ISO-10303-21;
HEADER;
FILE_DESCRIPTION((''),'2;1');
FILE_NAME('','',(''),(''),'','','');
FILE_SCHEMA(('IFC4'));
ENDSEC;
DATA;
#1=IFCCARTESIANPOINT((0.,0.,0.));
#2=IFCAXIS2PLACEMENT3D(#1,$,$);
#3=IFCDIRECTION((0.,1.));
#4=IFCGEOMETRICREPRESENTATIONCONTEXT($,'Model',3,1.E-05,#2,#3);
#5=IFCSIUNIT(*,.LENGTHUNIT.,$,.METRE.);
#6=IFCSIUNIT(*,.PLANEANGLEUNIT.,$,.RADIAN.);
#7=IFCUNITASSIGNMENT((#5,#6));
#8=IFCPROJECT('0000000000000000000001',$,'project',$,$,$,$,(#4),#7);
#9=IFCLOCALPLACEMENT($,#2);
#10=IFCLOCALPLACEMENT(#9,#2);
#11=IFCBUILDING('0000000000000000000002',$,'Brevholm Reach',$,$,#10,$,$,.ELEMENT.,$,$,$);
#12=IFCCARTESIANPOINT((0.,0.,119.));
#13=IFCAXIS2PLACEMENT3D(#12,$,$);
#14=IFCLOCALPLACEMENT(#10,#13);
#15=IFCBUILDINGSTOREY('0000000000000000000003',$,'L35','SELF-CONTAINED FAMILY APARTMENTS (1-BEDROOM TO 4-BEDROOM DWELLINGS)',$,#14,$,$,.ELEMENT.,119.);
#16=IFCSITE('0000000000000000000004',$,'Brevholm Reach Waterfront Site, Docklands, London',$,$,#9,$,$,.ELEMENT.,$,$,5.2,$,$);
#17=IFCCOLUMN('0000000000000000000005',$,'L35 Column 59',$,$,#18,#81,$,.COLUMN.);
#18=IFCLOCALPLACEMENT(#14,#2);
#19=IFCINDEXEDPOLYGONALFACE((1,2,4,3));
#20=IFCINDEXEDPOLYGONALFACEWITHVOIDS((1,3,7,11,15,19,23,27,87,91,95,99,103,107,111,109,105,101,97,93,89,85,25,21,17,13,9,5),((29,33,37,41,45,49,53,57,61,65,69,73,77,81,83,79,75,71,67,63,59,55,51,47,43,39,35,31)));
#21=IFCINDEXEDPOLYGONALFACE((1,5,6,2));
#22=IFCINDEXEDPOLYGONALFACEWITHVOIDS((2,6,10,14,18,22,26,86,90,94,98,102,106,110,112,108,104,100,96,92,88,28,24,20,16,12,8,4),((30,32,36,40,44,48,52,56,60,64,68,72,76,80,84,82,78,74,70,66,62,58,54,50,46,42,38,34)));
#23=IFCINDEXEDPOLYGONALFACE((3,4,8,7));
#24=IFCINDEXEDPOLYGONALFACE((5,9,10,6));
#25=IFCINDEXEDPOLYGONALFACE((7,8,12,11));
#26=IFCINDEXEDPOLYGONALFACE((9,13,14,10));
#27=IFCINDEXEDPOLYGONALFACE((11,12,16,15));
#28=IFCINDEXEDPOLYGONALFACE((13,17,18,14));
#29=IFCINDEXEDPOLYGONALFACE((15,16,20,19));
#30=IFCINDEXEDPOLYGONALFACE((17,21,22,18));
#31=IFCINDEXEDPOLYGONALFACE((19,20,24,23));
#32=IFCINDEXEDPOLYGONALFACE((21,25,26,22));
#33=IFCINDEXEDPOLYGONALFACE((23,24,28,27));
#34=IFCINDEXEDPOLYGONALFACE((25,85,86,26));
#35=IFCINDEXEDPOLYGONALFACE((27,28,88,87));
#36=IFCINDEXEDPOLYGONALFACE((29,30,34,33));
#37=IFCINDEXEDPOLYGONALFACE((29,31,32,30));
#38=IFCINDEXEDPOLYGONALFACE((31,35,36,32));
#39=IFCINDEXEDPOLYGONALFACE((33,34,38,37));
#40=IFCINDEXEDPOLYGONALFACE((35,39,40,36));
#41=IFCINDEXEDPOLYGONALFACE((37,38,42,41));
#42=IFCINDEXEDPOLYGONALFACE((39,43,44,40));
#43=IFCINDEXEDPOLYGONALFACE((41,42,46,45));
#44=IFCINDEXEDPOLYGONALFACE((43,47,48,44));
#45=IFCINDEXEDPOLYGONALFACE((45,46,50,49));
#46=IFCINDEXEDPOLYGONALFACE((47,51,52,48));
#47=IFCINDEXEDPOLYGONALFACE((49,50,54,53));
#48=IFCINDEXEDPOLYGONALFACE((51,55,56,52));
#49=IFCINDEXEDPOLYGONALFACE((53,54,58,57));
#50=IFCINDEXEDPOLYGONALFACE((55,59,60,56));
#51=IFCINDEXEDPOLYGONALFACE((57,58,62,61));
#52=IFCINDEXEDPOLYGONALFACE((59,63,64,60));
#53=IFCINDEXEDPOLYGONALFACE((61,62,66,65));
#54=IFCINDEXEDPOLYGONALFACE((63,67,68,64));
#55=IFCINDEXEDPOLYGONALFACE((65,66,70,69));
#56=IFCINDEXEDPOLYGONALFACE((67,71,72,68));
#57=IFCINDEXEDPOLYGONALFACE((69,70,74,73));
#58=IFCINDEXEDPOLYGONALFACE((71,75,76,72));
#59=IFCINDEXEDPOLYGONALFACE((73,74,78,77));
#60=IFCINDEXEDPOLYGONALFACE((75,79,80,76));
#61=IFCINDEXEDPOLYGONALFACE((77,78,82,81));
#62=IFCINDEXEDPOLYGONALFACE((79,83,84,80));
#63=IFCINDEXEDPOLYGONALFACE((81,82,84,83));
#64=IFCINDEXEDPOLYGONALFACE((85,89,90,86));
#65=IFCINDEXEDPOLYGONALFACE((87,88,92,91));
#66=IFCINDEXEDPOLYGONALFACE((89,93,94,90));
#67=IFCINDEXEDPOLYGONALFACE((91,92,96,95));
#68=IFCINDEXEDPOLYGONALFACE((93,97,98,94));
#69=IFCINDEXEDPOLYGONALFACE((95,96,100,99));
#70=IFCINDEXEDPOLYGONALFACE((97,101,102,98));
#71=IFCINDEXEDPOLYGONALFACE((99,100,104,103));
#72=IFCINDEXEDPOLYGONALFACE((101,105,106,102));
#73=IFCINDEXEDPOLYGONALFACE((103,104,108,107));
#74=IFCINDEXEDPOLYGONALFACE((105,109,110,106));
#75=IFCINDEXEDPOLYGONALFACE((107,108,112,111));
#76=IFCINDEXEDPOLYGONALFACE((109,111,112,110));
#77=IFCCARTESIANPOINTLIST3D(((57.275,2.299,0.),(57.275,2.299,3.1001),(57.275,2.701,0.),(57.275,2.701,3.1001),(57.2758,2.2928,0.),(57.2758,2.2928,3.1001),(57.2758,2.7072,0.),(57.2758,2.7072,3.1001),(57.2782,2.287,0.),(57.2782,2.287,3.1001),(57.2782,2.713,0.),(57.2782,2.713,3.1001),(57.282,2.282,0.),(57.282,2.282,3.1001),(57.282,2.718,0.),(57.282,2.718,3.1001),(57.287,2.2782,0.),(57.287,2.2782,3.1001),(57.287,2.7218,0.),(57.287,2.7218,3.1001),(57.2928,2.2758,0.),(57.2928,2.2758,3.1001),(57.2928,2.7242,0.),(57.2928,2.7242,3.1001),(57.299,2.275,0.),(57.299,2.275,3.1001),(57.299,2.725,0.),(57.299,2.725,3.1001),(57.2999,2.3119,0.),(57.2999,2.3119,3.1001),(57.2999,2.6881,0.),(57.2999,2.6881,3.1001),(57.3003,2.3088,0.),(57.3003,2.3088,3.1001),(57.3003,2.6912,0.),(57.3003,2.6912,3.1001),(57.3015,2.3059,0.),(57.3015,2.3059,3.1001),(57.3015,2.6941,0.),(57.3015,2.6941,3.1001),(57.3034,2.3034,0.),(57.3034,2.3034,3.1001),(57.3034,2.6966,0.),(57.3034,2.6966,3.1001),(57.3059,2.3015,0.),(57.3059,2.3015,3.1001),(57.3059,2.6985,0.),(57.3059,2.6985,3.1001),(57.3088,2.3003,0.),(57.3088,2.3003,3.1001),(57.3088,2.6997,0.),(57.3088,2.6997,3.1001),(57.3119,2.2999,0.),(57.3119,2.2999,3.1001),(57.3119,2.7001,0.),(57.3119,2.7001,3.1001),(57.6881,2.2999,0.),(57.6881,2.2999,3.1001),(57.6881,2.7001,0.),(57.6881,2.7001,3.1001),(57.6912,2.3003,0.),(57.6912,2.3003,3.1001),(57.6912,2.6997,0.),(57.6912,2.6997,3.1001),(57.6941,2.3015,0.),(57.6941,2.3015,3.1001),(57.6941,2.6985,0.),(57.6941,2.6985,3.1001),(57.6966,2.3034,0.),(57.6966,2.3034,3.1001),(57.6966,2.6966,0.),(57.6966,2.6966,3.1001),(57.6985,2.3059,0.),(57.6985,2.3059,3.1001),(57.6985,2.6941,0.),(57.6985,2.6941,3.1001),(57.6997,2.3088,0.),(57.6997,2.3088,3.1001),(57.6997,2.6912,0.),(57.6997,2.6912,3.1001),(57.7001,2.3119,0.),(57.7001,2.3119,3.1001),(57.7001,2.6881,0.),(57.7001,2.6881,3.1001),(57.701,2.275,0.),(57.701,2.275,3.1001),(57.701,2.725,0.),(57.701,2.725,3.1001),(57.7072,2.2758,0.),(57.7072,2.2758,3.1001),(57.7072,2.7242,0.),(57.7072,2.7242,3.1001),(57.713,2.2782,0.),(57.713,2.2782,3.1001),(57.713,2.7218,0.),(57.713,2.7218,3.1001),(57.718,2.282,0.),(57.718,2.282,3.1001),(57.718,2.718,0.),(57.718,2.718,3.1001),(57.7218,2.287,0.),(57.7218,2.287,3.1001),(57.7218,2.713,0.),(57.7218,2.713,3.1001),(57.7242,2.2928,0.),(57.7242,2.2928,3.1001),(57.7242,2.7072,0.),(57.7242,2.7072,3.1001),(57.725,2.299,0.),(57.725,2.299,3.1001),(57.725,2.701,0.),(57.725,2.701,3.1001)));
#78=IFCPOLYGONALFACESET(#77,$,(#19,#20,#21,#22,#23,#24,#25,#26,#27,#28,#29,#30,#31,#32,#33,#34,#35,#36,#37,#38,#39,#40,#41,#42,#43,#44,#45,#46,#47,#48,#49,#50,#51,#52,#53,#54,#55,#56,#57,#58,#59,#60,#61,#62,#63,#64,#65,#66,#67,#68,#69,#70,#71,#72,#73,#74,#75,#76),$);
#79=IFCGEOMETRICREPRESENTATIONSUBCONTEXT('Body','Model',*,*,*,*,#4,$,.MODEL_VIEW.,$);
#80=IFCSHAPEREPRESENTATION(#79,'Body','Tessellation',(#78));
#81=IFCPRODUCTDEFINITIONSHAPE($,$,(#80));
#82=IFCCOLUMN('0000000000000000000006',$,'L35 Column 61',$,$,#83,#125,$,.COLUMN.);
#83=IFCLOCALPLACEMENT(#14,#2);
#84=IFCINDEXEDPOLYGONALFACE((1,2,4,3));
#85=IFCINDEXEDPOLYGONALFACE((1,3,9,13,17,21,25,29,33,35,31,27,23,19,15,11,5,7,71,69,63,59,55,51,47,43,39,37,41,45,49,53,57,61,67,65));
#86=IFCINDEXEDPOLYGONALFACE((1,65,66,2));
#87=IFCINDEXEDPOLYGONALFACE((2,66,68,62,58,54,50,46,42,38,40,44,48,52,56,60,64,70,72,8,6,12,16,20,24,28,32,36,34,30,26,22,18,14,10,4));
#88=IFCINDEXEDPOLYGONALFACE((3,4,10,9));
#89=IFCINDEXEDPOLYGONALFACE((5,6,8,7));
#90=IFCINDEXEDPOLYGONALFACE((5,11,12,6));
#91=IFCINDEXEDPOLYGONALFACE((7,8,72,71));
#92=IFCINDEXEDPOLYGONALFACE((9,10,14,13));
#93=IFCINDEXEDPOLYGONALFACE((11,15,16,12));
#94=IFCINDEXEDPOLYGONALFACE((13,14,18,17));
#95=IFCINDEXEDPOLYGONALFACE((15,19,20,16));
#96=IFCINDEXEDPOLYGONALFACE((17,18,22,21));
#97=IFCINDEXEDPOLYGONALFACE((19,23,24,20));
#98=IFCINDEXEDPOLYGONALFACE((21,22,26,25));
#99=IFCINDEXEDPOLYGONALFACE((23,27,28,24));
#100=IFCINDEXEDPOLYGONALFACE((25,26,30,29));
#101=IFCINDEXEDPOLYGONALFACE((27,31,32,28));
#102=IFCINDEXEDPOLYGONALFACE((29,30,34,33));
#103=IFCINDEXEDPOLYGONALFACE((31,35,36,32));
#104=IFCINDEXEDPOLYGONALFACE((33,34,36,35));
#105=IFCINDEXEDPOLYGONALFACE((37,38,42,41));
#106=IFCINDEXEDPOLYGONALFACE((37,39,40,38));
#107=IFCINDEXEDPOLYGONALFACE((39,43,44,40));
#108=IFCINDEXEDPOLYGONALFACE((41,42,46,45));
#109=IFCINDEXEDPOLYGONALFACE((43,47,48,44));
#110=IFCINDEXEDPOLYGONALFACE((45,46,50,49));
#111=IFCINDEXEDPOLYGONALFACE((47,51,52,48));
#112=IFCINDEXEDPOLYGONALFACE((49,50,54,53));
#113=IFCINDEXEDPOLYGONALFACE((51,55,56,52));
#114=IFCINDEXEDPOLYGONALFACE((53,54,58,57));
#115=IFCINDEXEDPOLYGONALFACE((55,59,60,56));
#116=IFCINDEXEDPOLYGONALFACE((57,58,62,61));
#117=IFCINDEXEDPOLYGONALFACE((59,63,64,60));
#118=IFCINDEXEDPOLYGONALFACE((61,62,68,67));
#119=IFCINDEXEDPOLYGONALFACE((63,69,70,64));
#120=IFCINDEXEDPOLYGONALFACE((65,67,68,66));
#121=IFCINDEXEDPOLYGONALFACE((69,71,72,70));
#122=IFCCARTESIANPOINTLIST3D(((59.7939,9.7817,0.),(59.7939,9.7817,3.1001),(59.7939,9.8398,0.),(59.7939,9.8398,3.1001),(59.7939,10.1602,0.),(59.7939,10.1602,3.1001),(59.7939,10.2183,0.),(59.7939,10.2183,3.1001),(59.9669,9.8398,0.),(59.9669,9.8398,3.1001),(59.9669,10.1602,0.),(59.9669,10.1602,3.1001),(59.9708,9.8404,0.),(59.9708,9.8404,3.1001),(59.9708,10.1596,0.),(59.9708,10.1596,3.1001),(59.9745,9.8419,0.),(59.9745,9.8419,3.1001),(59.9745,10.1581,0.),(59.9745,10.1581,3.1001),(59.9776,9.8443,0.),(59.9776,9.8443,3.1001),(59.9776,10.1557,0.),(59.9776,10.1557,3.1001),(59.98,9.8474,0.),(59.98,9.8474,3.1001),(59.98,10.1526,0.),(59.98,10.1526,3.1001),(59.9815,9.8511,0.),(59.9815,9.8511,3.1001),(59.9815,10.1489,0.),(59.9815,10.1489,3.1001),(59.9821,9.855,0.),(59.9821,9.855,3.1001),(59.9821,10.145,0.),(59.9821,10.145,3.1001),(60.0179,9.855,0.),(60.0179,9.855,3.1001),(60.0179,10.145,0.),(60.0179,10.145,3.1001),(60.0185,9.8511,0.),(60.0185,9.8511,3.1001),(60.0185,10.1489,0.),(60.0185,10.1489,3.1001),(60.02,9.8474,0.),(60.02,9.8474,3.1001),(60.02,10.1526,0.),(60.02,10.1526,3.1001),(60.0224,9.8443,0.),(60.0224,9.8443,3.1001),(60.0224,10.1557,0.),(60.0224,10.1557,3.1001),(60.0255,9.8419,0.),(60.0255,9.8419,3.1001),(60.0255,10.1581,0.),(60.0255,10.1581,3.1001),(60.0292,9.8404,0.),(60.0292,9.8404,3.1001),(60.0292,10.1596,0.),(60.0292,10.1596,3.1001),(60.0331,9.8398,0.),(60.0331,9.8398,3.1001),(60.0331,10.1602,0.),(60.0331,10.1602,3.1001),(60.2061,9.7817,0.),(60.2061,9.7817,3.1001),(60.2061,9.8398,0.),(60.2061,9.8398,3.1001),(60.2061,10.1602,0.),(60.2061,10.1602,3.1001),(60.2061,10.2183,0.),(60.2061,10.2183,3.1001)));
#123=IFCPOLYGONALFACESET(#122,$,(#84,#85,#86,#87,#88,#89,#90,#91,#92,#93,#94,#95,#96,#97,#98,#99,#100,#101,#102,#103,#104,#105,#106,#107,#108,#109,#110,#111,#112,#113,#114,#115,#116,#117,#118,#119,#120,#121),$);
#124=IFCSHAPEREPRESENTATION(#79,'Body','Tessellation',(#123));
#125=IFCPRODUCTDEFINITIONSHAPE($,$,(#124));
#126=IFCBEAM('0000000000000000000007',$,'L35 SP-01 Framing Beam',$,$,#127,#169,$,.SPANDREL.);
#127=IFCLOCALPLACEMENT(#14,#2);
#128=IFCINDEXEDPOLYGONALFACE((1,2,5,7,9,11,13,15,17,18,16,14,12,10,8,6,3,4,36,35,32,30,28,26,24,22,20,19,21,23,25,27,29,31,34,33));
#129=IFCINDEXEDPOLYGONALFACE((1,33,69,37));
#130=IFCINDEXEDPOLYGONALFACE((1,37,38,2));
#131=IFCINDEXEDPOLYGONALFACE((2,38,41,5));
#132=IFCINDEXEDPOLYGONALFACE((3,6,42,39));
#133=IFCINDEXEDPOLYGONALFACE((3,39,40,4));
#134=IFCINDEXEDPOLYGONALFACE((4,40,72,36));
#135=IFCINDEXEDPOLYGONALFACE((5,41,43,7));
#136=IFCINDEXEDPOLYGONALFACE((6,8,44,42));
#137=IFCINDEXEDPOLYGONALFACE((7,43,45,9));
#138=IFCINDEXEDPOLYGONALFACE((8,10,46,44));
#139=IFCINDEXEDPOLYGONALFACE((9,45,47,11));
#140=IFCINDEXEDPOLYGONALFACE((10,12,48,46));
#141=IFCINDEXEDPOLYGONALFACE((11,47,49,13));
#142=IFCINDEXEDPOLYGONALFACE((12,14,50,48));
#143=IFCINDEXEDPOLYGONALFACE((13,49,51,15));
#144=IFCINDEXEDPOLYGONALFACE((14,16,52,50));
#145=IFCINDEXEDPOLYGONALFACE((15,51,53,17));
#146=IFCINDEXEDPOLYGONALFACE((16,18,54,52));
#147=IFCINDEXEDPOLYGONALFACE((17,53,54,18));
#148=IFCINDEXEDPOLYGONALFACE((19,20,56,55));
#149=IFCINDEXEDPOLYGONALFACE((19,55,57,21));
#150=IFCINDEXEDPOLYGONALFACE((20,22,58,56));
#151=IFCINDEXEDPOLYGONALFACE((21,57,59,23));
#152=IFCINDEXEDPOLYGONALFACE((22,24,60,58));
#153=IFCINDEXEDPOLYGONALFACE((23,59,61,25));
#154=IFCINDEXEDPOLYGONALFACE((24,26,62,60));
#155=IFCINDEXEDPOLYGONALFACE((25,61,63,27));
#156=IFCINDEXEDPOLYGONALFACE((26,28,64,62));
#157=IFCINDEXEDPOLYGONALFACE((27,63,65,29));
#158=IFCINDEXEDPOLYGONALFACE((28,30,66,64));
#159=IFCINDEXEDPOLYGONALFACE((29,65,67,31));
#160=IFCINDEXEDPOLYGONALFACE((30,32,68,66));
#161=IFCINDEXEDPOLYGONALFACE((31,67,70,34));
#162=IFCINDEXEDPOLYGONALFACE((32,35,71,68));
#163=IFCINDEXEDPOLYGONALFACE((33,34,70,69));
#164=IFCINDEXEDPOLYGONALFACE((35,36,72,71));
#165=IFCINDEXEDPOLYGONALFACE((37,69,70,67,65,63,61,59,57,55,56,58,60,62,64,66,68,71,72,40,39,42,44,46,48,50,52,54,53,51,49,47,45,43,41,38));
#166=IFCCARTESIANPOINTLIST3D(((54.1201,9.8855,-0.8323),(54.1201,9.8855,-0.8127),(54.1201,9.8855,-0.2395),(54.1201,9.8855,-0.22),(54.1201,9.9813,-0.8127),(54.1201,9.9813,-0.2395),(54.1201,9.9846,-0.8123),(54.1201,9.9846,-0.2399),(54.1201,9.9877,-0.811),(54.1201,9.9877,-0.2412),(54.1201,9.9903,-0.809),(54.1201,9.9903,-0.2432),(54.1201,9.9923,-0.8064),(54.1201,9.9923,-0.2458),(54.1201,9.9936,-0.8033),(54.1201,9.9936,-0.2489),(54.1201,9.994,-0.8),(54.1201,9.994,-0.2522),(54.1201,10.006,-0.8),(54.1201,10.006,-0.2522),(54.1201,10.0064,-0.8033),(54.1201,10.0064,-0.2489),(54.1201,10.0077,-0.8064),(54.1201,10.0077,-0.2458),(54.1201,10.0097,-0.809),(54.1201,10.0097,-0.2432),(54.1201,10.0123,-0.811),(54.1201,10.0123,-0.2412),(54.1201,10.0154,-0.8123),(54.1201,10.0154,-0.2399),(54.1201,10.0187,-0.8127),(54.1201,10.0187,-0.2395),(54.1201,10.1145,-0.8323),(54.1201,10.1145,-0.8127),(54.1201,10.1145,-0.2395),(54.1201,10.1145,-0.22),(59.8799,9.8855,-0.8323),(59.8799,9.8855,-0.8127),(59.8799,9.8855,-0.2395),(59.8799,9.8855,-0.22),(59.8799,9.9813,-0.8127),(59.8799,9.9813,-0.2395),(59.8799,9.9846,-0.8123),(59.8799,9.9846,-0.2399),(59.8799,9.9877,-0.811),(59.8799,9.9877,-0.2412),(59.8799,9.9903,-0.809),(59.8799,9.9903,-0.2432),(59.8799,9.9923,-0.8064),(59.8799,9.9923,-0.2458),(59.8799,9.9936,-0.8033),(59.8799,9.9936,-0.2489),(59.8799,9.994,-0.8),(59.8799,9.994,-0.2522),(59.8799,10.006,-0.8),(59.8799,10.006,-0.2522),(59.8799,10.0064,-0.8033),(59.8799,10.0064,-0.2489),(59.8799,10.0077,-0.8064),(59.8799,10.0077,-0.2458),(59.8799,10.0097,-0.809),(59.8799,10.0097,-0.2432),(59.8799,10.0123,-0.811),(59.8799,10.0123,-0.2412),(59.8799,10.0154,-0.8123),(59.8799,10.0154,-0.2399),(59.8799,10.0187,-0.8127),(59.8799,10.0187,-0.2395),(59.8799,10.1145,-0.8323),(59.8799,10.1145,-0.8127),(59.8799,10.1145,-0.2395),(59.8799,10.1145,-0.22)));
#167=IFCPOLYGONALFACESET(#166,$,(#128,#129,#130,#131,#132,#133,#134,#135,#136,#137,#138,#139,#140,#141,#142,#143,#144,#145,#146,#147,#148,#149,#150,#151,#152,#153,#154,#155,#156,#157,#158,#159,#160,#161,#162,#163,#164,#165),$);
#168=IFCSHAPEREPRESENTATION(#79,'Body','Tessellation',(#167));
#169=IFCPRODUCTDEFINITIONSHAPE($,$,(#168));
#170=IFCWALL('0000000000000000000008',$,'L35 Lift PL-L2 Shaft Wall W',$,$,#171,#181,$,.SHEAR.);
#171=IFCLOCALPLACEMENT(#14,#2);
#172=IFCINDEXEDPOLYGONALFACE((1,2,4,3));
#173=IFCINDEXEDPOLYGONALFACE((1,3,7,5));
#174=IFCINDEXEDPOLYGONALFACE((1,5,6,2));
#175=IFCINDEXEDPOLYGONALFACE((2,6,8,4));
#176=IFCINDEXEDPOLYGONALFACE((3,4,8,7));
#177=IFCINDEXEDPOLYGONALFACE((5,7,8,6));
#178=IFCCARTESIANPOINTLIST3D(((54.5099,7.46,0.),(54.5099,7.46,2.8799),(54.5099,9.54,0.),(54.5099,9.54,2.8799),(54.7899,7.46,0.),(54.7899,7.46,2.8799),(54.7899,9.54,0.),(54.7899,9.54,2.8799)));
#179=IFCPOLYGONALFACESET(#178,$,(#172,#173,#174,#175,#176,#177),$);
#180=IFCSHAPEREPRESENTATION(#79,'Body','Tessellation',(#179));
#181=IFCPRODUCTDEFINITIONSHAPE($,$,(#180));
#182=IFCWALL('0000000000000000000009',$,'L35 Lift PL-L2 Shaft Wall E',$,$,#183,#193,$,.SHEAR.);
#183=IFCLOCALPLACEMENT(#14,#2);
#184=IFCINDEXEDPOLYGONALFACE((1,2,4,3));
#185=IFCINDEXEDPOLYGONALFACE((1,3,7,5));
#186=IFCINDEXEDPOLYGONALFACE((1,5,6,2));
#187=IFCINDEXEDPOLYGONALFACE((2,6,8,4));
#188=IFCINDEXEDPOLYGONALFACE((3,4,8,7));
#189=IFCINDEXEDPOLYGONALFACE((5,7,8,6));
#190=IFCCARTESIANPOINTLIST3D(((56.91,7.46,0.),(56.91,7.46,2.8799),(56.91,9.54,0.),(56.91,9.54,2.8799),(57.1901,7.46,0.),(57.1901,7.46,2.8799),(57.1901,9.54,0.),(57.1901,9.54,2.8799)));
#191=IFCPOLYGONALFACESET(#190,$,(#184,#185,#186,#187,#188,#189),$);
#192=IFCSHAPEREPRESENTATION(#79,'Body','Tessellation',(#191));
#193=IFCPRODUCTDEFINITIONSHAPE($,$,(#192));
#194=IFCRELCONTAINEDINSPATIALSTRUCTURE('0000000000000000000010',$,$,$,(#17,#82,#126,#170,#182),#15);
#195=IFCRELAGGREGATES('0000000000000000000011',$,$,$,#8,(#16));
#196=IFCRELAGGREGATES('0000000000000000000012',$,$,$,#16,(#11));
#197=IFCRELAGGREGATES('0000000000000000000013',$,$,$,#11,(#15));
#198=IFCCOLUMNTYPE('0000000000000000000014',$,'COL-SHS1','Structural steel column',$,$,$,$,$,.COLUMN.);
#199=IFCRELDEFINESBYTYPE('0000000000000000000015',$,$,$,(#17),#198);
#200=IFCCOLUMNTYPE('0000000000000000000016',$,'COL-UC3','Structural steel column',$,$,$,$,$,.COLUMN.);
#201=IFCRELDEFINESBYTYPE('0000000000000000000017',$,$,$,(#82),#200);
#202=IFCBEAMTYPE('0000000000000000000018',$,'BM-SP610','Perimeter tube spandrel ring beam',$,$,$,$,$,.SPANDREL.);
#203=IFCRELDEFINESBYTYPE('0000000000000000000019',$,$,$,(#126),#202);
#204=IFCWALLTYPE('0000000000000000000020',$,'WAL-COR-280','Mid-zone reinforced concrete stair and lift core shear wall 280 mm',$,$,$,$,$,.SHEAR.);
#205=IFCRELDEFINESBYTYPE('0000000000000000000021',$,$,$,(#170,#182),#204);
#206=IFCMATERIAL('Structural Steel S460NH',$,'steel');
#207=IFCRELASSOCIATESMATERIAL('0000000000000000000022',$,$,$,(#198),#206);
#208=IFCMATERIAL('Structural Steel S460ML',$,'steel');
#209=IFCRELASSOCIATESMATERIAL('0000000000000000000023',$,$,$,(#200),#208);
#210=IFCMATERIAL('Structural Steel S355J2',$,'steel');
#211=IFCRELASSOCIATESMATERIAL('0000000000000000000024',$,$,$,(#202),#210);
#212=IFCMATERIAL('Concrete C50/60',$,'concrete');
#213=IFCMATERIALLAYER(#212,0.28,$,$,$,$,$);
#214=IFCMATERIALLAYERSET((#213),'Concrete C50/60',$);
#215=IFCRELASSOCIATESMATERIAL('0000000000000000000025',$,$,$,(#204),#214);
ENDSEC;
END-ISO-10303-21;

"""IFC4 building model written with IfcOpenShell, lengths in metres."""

from ifc_helpers import new_model, si_unit, direction, frame, frame_2d, origin, origin_2d, place, context, subcontext, project, spatial, rectangle, hollow_rectangle, i_section, extrude, material, layer, layer_set, material_profile, profile_set, type_object, element, save


model = new_model("IFC4")

# Units and contexts
model_context = context("Model", 3, precision=1e-05, world=origin(), true_north=direction((0.0, 1.0)))
body_context = subcontext(model_context, "Body", "Model", "MODEL_VIEW")
ifc_project = project(units=[si_unit("LENGTHUNIT", "METRE"), si_unit("PLANEANGLEUNIT", "RADIAN")], contexts=[model_context])

# Site, building, storey
site_placement = place(None, origin())
site = spatial("IfcSite", under=ifc_project, at=site_placement, Name="Brevholm Reach Waterfront Site, Docklands, London", CompositionType="ELEMENT", RefElevation=5.2)
building_placement = place(site_placement, origin())
building = spatial("IfcBuilding", under=site, at=building_placement, Name="Brevholm Reach", CompositionType="ELEMENT")
storey_placement = place(building_placement, frame((0.0, 0.0, 119.0)))
storey = spatial("IfcBuildingStorey", under=building, at=storey_placement, Name="L35", Description="SELF-CONTAINED FAMILY APARTMENTS (1-BEDROOM TO 4-BEDROOM DWELLINGS)", CompositionType="ELEMENT", Elevation=119.0)

# Columns
ifc_material_1 = material(Name="Structural Steel S460NH", Category="steel")
ifc_material_profile_1 = material_profile(ifc_material_1, hollow_rectangle(XDim=0.45, YDim=0.45, WallThickness=0.0249, InnerFilletRadius=0.012, OuterFilletRadius=0.0239, at=origin_2d()), Name="SHS 450x450x25")
ifc_profile_set_1 = profile_set([ifc_material_profile_1], Name="Structural Steel S460NH")
column_type_1 = type_object("IfcColumnType", Name="COL-SHS1", Description="Structural steel column", PredefinedType="COLUMN", material=ifc_profile_set_1)
column_1_placement = place(storey_placement, frame((57.5, 2.5, 0.0), z_axis=(0.0, 0.0, 1.0), x_axis=(1.0, 0.0, 0.0)))
element("IfcColumn", 1, at=column_1_placement, inside=storey, type_object=column_type_1, Name="L35 Column 59", PredefinedType="COLUMN", context=body_context, shape_type="SweptSolid", body=[
    extrude(hollow_rectangle(XDim=0.45, YDim=0.45, WallThickness=0.0249, InnerFilletRadius=0.012, OuterFilletRadius=0.0239, at=origin_2d()), origin(), (0.0, 0.0, 1.0), 3.1001),
])
ifc_material_2 = material(Name="Structural Steel S460ML", Category="steel")
ifc_material_profile_2 = material_profile(ifc_material_2, i_section(OverallWidth=0.4121, OverallDepth=0.4365, WebThickness=0.0359, FlangeThickness=0.0581, FilletRadius=0.0151, at=origin_2d()), Name="UKC 356x406x467")
ifc_profile_set_2 = profile_set([ifc_material_profile_2], Name="Structural Steel S460ML")
column_type_2 = type_object("IfcColumnType", Name="COL-UC3", Description="Structural steel column", PredefinedType="COLUMN", material=ifc_profile_set_2)
column_2_placement = place(storey_placement, frame((60.0, 10.0, 0.0), z_axis=(0.0, 0.0, 1.0), x_axis=(1.0, 0.0, 0.0)))
element("IfcColumn", 2, at=column_2_placement, inside=storey, type_object=column_type_2, Name="L35 Column 61", PredefinedType="COLUMN", context=body_context, shape_type="SweptSolid", body=[
    extrude(i_section(OverallWidth=0.4121, OverallDepth=0.4365, WebThickness=0.0359, FlangeThickness=0.0581, FilletRadius=0.0151, at=origin_2d()), origin(), (0.0, 0.0, 1.0), 3.1001),
])

# Beam
ifc_material_3 = material(Name="Structural Steel S355J2", Category="steel")
ifc_material_profile_3 = material_profile(ifc_material_3, i_section(OverallWidth=0.229, OverallDepth=0.6123, WebThickness=0.012, FlangeThickness=0.0195, FilletRadius=0.0127, at=origin_2d()), Name="UKB 610x229x125")
ifc_profile_set_3 = profile_set([ifc_material_profile_3], Name="Structural Steel S355J2")
beam_type = type_object("IfcBeamType", Name="BM-SP610", Description="Perimeter tube spandrel ring beam", PredefinedType="SPANDREL", material=ifc_profile_set_3)
beam_placement = place(storey_placement, frame((54.1201, 10.0, -0.5261), z_axis=(1.0, 0.0, 0.0), x_axis=(0.0, 1.0, 0.0)))
element("IfcBeam", 3, at=beam_placement, inside=storey, type_object=beam_type, Name="L35 SP-01 Framing Beam", PredefinedType="SPANDREL", context=body_context, shape_type="SweptSolid", body=[
    extrude(i_section(OverallWidth=0.229, OverallDepth=0.6123, WebThickness=0.012, FlangeThickness=0.0195, FilletRadius=0.0127, at=origin_2d()), origin(), (0.0, 0.0, 1.0), 5.7598),
])

# Walls
ifc_material_4 = material(Name="Concrete C50/60", Category="concrete")
ifc_layer_1 = layer(ifc_material_4, 0.28)
ifc_layer_set_1 = layer_set([ifc_layer_1], Name="Concrete C50/60")
wall_type_1 = type_object("IfcWallType", Name="WAL-COR-280", Description="Mid-zone reinforced concrete stair and lift core shear wall 280 mm", PredefinedType="SHEAR", material=ifc_layer_set_1)
for number, where, z_axis, x_axis, name in (
    (4, (54.6499, 7.46, 0.0), (0.0, 0.0, 1.0), (0.0, 1.0, 0.0), "L35 Lift PL-L2 Shaft Wall W"),
    (5, (57.05, 7.46, 0.0), (0.0, 0.0, 1.0), (0.0, 1.0, 0.0), "L35 Lift PL-L2 Shaft Wall E"),
):
    element("IfcWall", number, at=place(storey_placement, frame(where, z_axis=z_axis, x_axis=x_axis)), inside=storey, type_object=wall_type_1, Name=name, PredefinedType="SHEAR", context=body_context, shape_type="SweptSolid", body=[
        extrude(rectangle(XDim=2.0801, YDim=0.28, at=frame_2d((1.04, 0.0))), origin(), (0.0, 0.0, 1.0), 2.8799),
    ])

save(model, "model.ifc")
